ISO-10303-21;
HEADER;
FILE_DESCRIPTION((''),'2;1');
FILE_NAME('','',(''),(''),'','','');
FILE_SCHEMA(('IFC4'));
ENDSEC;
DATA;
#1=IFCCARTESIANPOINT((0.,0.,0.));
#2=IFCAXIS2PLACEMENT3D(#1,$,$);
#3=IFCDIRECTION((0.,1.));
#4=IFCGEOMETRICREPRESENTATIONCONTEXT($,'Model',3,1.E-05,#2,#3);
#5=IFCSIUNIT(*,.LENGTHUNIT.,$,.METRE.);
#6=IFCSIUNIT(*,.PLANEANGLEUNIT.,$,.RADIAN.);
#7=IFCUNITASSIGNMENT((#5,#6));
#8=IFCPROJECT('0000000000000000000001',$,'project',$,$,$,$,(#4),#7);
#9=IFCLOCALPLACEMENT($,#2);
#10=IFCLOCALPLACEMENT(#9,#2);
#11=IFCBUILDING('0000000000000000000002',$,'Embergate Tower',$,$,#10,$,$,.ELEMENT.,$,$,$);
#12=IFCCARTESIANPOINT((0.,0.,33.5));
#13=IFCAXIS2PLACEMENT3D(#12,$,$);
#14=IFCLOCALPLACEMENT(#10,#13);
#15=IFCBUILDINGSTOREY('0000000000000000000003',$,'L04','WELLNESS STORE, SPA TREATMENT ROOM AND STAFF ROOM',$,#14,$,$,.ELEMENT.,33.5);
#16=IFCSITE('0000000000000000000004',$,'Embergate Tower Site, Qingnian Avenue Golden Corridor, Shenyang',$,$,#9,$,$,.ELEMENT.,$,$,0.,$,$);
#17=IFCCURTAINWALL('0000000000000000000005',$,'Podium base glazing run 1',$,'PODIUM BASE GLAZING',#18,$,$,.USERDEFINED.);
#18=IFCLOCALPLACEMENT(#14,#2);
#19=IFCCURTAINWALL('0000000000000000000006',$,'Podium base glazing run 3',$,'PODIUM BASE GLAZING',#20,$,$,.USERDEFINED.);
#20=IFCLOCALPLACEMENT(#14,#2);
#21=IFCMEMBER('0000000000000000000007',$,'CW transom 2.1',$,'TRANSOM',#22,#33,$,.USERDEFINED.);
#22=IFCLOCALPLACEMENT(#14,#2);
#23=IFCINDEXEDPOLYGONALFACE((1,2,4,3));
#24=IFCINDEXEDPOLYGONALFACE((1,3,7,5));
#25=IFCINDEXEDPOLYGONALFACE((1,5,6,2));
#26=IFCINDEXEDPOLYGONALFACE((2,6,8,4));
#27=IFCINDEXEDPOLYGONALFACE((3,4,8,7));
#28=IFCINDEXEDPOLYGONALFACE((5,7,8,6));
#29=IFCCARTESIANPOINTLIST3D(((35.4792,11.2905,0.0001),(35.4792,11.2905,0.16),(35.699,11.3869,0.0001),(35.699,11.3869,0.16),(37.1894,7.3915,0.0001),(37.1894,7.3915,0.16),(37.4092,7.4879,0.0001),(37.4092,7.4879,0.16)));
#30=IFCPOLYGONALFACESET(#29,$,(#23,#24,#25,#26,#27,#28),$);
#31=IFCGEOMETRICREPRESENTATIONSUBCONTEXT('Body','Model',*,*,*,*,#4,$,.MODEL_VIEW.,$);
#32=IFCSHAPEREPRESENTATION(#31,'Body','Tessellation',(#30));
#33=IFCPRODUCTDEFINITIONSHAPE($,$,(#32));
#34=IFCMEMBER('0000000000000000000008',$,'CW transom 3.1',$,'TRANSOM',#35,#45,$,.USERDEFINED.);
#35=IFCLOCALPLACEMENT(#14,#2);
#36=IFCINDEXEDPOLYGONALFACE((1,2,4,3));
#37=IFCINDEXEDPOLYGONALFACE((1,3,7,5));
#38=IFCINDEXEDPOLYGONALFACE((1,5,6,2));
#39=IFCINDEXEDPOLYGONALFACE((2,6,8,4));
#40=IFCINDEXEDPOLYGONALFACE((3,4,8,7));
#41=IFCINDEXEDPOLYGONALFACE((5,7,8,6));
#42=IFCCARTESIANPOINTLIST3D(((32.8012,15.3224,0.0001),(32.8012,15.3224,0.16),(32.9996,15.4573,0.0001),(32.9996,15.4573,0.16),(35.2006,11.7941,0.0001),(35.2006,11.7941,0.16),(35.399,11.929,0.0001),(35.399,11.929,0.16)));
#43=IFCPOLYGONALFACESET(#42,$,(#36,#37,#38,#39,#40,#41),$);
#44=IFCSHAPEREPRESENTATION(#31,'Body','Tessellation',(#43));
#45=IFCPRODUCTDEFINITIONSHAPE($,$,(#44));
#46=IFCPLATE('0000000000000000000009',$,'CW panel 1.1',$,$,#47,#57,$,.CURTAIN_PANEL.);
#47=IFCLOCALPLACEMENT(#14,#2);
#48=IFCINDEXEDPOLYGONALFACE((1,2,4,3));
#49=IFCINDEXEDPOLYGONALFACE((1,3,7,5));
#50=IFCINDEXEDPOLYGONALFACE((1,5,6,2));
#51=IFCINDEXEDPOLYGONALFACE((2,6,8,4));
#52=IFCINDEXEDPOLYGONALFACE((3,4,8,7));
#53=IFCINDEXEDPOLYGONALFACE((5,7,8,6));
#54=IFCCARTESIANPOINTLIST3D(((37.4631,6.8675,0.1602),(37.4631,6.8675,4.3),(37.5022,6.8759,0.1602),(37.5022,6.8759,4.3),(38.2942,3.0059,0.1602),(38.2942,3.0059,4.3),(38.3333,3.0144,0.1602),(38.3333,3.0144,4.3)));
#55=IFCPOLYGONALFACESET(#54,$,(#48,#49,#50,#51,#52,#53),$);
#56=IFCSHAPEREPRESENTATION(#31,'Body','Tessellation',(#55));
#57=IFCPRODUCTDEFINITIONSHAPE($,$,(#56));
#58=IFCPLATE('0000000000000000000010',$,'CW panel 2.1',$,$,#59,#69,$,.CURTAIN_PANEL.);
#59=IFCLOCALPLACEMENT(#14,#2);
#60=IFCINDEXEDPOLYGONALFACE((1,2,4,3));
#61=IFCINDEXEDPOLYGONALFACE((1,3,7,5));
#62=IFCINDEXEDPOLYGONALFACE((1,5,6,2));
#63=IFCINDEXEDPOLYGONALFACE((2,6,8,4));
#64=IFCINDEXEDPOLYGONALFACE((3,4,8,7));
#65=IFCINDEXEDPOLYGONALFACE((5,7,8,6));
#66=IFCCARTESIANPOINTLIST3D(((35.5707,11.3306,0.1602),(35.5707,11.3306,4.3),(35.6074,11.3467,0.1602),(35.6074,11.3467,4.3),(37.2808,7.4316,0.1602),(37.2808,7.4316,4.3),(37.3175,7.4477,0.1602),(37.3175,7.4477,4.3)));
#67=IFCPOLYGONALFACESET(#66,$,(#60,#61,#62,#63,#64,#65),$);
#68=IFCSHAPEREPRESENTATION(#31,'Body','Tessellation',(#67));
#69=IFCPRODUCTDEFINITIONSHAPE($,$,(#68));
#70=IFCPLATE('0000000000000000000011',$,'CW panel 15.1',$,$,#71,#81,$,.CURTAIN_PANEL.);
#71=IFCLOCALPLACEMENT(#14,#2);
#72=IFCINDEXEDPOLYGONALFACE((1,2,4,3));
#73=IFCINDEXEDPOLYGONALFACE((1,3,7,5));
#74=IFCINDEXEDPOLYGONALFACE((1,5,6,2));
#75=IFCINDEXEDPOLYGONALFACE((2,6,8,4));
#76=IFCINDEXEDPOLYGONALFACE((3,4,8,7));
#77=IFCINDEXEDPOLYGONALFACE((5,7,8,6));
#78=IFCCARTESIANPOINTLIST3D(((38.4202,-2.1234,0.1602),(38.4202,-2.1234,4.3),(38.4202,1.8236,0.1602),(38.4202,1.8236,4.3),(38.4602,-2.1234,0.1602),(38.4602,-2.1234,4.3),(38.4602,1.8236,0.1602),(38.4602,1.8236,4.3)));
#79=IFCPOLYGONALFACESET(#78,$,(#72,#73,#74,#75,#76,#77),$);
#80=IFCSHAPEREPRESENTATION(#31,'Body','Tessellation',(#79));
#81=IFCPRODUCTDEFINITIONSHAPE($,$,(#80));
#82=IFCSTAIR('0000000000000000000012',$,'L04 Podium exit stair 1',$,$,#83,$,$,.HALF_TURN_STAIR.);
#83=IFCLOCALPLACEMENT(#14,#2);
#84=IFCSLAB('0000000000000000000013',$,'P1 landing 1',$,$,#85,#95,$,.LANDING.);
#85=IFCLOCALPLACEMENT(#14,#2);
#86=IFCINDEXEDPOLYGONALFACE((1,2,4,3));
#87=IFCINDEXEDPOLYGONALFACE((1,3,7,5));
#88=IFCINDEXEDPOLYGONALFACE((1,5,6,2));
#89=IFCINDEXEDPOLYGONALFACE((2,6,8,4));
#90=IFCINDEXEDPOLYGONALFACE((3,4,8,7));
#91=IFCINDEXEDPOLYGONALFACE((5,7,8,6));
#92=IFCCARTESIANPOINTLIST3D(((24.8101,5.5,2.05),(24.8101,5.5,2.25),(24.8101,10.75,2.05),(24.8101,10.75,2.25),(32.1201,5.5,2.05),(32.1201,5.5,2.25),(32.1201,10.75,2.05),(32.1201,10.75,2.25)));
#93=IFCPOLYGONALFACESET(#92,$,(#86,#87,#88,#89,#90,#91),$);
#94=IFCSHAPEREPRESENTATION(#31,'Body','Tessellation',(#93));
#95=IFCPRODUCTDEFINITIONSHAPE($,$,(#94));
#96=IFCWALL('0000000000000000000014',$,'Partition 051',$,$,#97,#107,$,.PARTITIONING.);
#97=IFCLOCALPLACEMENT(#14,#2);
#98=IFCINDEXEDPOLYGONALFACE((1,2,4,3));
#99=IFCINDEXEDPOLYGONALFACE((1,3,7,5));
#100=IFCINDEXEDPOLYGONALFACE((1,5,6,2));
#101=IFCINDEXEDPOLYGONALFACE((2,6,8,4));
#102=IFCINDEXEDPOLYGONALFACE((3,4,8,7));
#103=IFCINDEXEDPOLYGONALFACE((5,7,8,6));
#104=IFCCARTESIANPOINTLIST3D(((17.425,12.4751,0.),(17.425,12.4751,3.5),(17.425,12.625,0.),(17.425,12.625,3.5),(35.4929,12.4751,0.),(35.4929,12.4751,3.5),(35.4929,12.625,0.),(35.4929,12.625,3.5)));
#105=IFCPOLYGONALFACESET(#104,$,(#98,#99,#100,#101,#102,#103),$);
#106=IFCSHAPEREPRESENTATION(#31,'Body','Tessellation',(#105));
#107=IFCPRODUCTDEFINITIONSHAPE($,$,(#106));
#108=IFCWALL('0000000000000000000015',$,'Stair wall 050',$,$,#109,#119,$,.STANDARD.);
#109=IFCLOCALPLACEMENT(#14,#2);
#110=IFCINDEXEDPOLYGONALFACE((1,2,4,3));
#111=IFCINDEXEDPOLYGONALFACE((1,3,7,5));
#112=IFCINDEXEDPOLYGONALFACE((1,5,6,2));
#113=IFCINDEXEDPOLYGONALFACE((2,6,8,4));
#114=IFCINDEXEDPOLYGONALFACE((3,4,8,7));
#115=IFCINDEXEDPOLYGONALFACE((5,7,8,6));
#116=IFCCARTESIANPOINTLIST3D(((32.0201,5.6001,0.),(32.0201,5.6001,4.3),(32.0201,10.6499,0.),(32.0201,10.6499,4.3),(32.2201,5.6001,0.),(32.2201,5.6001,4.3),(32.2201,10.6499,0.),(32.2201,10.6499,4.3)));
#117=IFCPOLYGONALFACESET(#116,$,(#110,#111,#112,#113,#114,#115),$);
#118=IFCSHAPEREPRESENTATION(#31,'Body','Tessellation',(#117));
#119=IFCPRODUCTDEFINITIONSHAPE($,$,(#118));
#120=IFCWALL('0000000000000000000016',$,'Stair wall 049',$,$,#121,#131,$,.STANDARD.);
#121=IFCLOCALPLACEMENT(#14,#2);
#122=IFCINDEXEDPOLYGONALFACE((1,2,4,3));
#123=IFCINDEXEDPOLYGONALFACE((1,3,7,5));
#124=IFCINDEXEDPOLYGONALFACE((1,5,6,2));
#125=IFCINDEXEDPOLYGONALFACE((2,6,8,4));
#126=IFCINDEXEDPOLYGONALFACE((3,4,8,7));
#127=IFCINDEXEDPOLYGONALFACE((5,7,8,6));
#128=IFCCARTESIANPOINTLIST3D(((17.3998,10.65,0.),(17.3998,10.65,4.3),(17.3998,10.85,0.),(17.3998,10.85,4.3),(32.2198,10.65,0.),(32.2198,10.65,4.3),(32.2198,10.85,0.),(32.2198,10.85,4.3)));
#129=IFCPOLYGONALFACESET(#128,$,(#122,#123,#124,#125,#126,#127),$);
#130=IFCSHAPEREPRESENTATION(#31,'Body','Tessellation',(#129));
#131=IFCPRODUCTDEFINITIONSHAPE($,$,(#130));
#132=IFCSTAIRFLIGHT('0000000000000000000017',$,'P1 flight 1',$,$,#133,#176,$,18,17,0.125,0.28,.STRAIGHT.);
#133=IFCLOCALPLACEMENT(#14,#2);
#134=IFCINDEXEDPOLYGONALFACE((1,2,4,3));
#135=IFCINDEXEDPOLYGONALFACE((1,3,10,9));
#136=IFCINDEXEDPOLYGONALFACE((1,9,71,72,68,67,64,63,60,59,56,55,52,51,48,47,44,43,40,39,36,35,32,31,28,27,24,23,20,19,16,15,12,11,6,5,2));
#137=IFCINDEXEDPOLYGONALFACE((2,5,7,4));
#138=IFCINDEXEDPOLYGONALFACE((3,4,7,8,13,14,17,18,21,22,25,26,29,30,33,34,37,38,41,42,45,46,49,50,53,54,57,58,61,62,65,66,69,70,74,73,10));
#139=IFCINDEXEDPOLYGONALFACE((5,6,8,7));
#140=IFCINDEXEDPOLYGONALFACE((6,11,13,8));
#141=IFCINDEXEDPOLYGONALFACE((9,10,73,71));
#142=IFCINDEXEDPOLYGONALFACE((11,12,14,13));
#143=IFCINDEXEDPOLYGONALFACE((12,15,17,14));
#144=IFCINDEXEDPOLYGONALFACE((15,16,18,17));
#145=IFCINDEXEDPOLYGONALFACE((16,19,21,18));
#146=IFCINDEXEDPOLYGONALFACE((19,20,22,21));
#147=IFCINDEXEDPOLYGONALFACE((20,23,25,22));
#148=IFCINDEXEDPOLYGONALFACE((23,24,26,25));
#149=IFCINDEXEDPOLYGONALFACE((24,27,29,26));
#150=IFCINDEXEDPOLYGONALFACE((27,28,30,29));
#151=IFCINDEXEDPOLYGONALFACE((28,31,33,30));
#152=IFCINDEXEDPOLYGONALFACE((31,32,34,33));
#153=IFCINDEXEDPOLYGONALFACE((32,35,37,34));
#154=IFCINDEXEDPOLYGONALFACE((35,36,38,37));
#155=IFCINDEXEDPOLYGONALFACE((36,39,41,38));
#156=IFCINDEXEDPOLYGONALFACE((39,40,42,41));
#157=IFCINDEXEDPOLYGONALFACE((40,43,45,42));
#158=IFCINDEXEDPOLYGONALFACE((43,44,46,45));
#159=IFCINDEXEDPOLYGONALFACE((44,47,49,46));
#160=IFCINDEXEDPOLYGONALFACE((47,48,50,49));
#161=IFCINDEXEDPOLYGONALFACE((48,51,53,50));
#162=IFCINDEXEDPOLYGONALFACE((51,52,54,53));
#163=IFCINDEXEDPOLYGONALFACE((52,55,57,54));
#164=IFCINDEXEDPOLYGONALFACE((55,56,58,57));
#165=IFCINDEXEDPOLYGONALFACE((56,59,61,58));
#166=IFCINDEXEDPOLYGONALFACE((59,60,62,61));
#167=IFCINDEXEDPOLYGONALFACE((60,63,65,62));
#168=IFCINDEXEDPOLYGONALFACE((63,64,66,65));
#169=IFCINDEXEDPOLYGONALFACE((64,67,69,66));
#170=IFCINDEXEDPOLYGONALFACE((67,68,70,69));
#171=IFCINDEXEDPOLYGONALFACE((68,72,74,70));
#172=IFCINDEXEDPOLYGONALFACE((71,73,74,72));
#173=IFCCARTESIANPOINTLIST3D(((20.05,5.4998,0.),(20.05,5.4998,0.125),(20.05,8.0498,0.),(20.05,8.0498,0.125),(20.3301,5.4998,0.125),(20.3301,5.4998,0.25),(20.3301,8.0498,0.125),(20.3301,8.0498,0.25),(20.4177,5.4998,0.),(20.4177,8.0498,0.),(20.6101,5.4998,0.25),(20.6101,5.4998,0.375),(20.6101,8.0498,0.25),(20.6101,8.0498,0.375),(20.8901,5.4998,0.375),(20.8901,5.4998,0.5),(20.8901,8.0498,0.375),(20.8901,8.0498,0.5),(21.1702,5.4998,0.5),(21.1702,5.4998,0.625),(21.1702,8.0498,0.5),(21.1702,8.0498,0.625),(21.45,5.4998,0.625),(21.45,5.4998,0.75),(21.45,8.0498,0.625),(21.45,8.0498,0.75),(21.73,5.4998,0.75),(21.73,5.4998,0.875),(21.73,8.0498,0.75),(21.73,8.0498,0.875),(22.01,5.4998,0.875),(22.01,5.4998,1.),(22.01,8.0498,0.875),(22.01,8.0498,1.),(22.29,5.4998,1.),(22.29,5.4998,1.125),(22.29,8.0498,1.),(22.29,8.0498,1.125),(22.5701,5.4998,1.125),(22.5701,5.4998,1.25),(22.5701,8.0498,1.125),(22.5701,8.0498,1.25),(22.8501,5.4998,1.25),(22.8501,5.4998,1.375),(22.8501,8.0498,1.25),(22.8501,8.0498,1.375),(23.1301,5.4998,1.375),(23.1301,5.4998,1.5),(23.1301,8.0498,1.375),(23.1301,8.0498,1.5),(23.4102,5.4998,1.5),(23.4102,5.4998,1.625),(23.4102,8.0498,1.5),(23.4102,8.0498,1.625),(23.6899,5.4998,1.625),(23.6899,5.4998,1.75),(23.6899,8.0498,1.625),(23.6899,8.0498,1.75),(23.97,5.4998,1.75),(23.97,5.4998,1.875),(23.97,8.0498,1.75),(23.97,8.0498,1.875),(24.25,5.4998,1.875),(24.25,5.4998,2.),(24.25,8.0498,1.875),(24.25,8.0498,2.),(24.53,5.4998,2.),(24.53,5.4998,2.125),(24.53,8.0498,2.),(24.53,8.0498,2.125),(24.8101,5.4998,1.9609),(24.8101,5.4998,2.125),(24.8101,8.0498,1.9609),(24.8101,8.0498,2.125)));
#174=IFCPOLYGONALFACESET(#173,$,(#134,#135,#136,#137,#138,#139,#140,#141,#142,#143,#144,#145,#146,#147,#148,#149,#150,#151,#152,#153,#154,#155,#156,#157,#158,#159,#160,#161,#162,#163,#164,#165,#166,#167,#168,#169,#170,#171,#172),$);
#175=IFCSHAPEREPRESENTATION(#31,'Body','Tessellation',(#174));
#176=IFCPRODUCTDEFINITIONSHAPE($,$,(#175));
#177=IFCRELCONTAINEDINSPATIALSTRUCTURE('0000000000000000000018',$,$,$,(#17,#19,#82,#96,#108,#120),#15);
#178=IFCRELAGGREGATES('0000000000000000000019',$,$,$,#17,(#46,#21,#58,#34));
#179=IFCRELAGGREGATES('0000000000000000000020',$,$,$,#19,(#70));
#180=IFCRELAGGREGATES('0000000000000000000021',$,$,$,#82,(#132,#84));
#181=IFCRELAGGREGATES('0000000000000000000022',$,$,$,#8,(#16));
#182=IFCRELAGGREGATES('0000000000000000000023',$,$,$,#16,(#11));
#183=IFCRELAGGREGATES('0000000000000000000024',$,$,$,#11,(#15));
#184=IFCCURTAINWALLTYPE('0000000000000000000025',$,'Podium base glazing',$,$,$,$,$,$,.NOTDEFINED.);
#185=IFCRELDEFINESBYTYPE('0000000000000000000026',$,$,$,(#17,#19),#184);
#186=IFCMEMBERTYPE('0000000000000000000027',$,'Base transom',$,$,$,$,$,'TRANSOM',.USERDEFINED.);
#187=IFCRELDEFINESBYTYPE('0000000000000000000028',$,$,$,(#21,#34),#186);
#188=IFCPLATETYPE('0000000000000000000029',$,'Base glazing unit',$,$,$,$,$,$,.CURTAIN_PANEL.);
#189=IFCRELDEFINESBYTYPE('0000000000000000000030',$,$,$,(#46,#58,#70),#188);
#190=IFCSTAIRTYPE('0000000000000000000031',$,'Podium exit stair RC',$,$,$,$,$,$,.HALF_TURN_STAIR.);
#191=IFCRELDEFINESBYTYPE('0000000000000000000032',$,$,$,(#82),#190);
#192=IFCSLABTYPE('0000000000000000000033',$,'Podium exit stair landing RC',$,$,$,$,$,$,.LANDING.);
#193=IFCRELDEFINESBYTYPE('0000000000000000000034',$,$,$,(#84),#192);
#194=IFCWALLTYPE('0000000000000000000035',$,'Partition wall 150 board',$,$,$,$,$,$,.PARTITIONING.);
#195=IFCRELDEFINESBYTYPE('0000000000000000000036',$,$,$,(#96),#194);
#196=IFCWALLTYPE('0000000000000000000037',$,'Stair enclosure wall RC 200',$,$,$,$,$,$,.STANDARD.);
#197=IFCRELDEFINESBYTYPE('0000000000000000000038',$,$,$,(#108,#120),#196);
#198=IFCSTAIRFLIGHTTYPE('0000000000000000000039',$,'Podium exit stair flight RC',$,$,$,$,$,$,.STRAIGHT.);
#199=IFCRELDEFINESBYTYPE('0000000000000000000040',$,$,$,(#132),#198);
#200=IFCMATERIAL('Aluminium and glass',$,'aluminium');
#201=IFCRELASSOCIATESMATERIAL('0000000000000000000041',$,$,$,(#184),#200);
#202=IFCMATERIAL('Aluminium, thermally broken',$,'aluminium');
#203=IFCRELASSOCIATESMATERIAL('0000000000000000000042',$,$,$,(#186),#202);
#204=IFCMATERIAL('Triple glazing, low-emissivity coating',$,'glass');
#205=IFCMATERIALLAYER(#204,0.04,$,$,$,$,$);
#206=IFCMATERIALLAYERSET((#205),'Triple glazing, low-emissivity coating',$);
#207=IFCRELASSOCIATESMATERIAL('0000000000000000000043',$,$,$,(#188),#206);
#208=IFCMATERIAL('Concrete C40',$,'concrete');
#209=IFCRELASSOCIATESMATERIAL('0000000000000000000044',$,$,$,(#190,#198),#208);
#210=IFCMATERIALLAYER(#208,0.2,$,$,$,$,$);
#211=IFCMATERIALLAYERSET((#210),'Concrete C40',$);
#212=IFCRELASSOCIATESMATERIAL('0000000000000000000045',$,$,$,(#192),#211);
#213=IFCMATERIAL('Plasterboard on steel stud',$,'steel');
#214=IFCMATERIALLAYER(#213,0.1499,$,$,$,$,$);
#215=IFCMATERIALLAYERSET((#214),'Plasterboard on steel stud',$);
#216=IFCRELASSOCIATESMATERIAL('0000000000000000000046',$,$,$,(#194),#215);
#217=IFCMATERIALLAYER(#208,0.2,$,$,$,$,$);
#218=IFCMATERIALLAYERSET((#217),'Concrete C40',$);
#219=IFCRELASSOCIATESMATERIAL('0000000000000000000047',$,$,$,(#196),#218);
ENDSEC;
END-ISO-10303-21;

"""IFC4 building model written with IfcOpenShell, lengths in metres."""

from ifc_helpers import new_model, si_unit, direction, frame, frame_2d, origin, origin_2d, place, context, subcontext, project, spatial, polyline, rectangle, outline, extrude, source, transform, mapped, material, layer, layer_set, material_profile, profile_set, type_object, element, aggregate, save


model = new_model("IFC4")

# Units and contexts
model_context = context("Model", 3, precision=1e-05, world=origin(), true_north=direction((0.0, 1.0)))
body_context = subcontext(model_context, "Body", "Model", "MODEL_VIEW")
ifc_project = project(units=[si_unit("LENGTHUNIT", "METRE"), si_unit("PLANEANGLEUNIT", "RADIAN")], contexts=[model_context])

# Site, building, storey
site_placement = place(None, origin())
site = spatial("IfcSite", under=ifc_project, at=site_placement, Name="Embergate Tower Site, Qingnian Avenue Golden Corridor, Shenyang", CompositionType="ELEMENT", RefElevation=0.0)
building_placement = place(site_placement, origin())
building = spatial("IfcBuilding", under=site, at=building_placement, Name="Embergate Tower", CompositionType="ELEMENT")
storey_placement = place(building_placement, frame((0.0, 0.0, 33.5)))
storey = spatial("IfcBuildingStorey", under=building, at=storey_placement, Name="L04", Description="WELLNESS STORE, SPA TREATMENT ROOM AND STAFF ROOM", CompositionType="ELEMENT", Elevation=33.5)

# Curtain wall
ifc_material_1 = material(Name="Aluminium and glass", Category="aluminium")
curtain_wall_type = type_object("IfcCurtainWallType", Name="Podium base glazing", PredefinedType="NOTDEFINED", material=ifc_material_1)
curtain_wall_1_placement = place(storey_placement, origin())
curtain_wall_1 = element("IfcCurtainWall", 1, at=curtain_wall_1_placement, inside=storey, type_object=curtain_wall_type, Name="Podium base glazing run 1", ObjectType="PODIUM BASE GLAZING", PredefinedType="USERDEFINED")
ifc_material_2 = material(Name="Aluminium, thermally broken", Category="aluminium")

# Curtain wall
curtain_wall_2_placement = place(storey_placement, origin())
curtain_wall_2 = element("IfcCurtainWall", 2, at=curtain_wall_2_placement, inside=storey, type_object=curtain_wall_type, Name="Podium base glazing run 3", ObjectType="PODIUM BASE GLAZING", PredefinedType="USERDEFINED")

# Members
ifc_material_profile_1 = material_profile(ifc_material_2, rectangle(XDim=0.24, YDim=0.1599, at=origin_2d()), Name="AL 160x240")
ifc_profile_set_1 = profile_set([ifc_material_profile_1], Name="Aluminium, thermally broken")
member_type_1 = type_object("IfcMemberType", Name="Base transom", ElementType="TRANSOM", PredefinedType="USERDEFINED", material=ifc_profile_set_1)
shared_shape_1 = source(origin(), body_context, "Body", "SweptSolid", [
    extrude(rectangle(XDim=0.24, YDim=0.1599, at=origin_2d()), origin(), (0.0, 0.0, 1.0), 4.2576),
])
member_1_placement = place(storey_placement, frame((37.2993, 7.4397, 0.0801), z_axis=(-0.401691, 0.915775, 0.0), x_axis=(-0.915775, -0.401691, 0.0)))
member_1 = element("IfcMember", 3, at=member_1_placement, type_object=member_type_1, Name="CW transom 2.1", ObjectType="TRANSOM", PredefinedType="USERDEFINED", context=body_context, shape_type="MappedRepresentation", body=[
    mapped(shared_shape_1, transform((0.0, 0.0, 0.0))),
])
shared_shape_2 = source(origin(), body_context, "Body", "SweptSolid", [
    extrude(rectangle(XDim=0.24, YDim=0.1599, at=origin_2d()), origin(), (0.0, 0.0, 1.0), 4.2668),
])
member_2_placement = place(storey_placement, frame((35.2998, 11.8616, 0.0801), z_axis=(-0.562335, 0.826909, 0.0), x_axis=(-0.826909, -0.562335, 0.0)))
member_2 = element("IfcMember", 4, at=member_2_placement, type_object=member_type_1, Name="CW transom 3.1", ObjectType="TRANSOM", PredefinedType="USERDEFINED", context=body_context, shape_type="MappedRepresentation", body=[
    mapped(shared_shape_2, transform((0.0, 0.0, 0.0))),
])

# Plates
ifc_material_3 = material(Name="Triple glazing, low-emissivity coating", Category="glass")
ifc_layer_1 = layer(ifc_material_3, 0.04)
ifc_layer_set_1 = layer_set([ifc_layer_1], Name="Triple glazing, low-emissivity coating")
plate_type = type_object("IfcPlateType", Name="Base glazing unit", PredefinedType="CURTAIN_PANEL", material=ifc_layer_set_1)
shared_shape_3 = source(origin(), body_context, "Body", "SweptSolid", [
    extrude(rectangle(XDim=3.95, YDim=0.04, at=origin_2d()), origin(), (0.0, 0.0, 1.0), 4.1399),
])
plate_1_placement = place(storey_placement, frame((37.8982, 4.9409, 0.1602), z_axis=(0.0, 0.0, 1.0), x_axis=(-0.2104, 0.977615, 0.0)))
plate_1 = element("IfcPlate", 5, at=plate_1_placement, type_object=plate_type, Name="CW panel 1.1", PredefinedType="CURTAIN_PANEL", context=body_context, shape_type="MappedRepresentation", body=[
    mapped(shared_shape_3, transform((0.0, 0.0, 0.0))),
])
shared_shape_4 = source(origin(), body_context, "Body", "SweptSolid", [
    extrude(rectangle(XDim=4.2576, YDim=0.04, at=origin_2d()), origin(), (0.0, 0.0, 1.0), 4.1399),
])
plate_2_placement = place(storey_placement, frame((36.4441, 9.3892, 0.1602), z_axis=(0.0, 0.0, 1.0), x_axis=(-0.401655, 0.915791, 0.0)))
plate_2 = element("IfcPlate", 6, at=plate_2_placement, type_object=plate_type, Name="CW panel 2.1", PredefinedType="CURTAIN_PANEL", context=body_context, shape_type="MappedRepresentation", body=[
    mapped(shared_shape_4, transform((0.0, 0.0, 0.0))),
])
aggregate(curtain_wall_1, [plate_1, member_1, plate_2, member_2])
shared_shape_5 = source(origin(), body_context, "Body", "SweptSolid", [
    extrude(rectangle(XDim=3.947, YDim=0.04, at=origin_2d()), origin(), (0.0, 0.0, 1.0), 4.1399),
])
plate_3_placement = place(storey_placement, frame((38.4402, -0.1499, 0.1602), z_axis=(0.0, 0.0, 1.0), x_axis=(0.0, 1.0, 0.0)))
plate_3 = element("IfcPlate", 7, at=plate_3_placement, type_object=plate_type, Name="CW panel 15.1", PredefinedType="CURTAIN_PANEL", context=body_context, shape_type="MappedRepresentation", body=[
    mapped(shared_shape_5, transform((0.0, 0.0, 0.0))),
])
aggregate(curtain_wall_2, [plate_3])

# Stair, slab
ifc_material_4 = material(Name="Concrete C40", Category="concrete")
stair_type = type_object("IfcStairType", Name="Podium exit stair RC", PredefinedType="HALF_TURN_STAIR", material=ifc_material_4)
stair_placement = place(storey_placement, origin())
stair = element("IfcStair", 8, at=stair_placement, inside=storey, type_object=stair_type, Name="L04 Podium exit stair 1", PredefinedType="HALF_TURN_STAIR")
ifc_layer_2 = layer(ifc_material_4, 0.2)
ifc_layer_set_2 = layer_set([ifc_layer_2], Name="Concrete C40")
slab_type = type_object("IfcSlabType", Name="Podium exit stair landing RC", PredefinedType="LANDING", material=ifc_layer_set_2)
shared_shape_6 = source(origin(), body_context, "Body", "SweptSolid", [
    extrude(outline(polyline([(0.0, 0.0), (7.3101, 0.0), (7.3101, 5.25), (0.0, 5.25), (0.0, 0.0)])), origin(), (0.0, 0.0, 1.0), 0.2),
])
slab_placement = place(storey_placement, frame((24.8101, 5.5, 2.05)))
slab = element("IfcSlab", 9, at=slab_placement, type_object=slab_type, Name="P1 landing 1", PredefinedType="LANDING", context=body_context, shape_type="MappedRepresentation", body=[
    mapped(shared_shape_6, transform((0.0, 0.0, 0.0))),
])

# Walls
ifc_material_5 = material(Name="Plasterboard on steel stud", Category="steel")
ifc_layer_3 = layer(ifc_material_5, 0.1499)
ifc_layer_set_3 = layer_set([ifc_layer_3], Name="Plasterboard on steel stud")
wall_type_1 = type_object("IfcWallType", Name="Partition wall 150 board", PredefinedType="PARTITIONING", material=ifc_layer_set_3)
shared_shape_7 = source(origin(), body_context, "Body", "SweptSolid", [
    extrude(rectangle(XDim=18.0679, YDim=0.1499, at=frame_2d((9.0339, 0.0))), origin(), (0.0, 0.0, 1.0), 3.5),
])
wall_1_placement = place(storey_placement, frame((35.4929, 12.55, 0.0), z_axis=(0.0, 0.0, 1.0), x_axis=(-1.0, 0.0, 0.0)))
element("IfcWall", 10, at=wall_1_placement, inside=storey, type_object=wall_type_1, Name="Partition 051", PredefinedType="PARTITIONING", context=body_context, shape_type="MappedRepresentation", body=[
    mapped(shared_shape_7, transform((0.0, 0.0, 0.0))),
])
ifc_layer_4 = layer(ifc_material_4, 0.2)
ifc_layer_set_4 = layer_set([ifc_layer_4], Name="Concrete C40")
wall_type_2 = type_object("IfcWallType", Name="Stair enclosure wall RC 200", PredefinedType="STANDARD", material=ifc_layer_set_4)
shared_shape_8 = source(origin(), body_context, "Body", "SweptSolid", [
    extrude(rectangle(XDim=5.0498, YDim=0.2, at=frame_2d((2.5249, 0.0))), origin(), (0.0, 0.0, 1.0), 4.3),
])
wall_2_placement = place(storey_placement, frame((32.1201, 10.6499, 0.0), z_axis=(0.0, 0.0, 1.0), x_axis=(0.0, -1.0, 0.0)))
element("IfcWall", 11, at=wall_2_placement, inside=storey, type_object=wall_type_2, Name="Stair wall 050", PredefinedType="STANDARD", context=body_context, shape_type="MappedRepresentation", body=[
    mapped(shared_shape_8, transform((0.0, 0.0, 0.0))),
])
shared_shape_9 = source(origin(), body_context, "Body", "SweptSolid", [
    extrude(rectangle(XDim=14.8201, YDim=0.2, at=frame_2d((7.4102, 0.0))), origin(), (0.0, 0.0, 1.0), 4.3),
])
wall_3_placement = place(storey_placement, frame((32.22, 10.75, 0.0), z_axis=(0.0, 0.0, 1.0), x_axis=(-1.0, 0.0, 0.0)))
element("IfcWall", 12, at=wall_3_placement, inside=storey, type_object=wall_type_2, Name="Stair wall 049", PredefinedType="STANDARD", context=body_context, shape_type="MappedRepresentation", body=[
    mapped(shared_shape_9, transform((0.0, 0.0, 0.0))),
])

# Stair flight
stair_flight_type = type_object("IfcStairFlightType", Name="Podium exit stair flight RC", PredefinedType="STRAIGHT", material=ifc_material_4)
shared_shape_10 = source(origin(), body_context, "Body", "SweptSolid", [
    extrude(outline(polyline([(0.0, 0.0), (0.0, 0.125), (0.28, 0.125), (0.28, 0.25), (0.5601, 0.25), (0.5601, 0.375), (0.8401, 0.375), (0.8401, 0.5), (1.1201, 0.5), (1.1201, 0.625), (1.3999, 0.625), (1.3999, 0.75), (1.6799, 0.75), (1.6799, 0.875), (1.96, 0.875), (1.96, 1.0), (2.24, 1.0), (2.24, 1.125), (2.52, 1.125), (2.52, 1.25), (2.8, 1.25), (2.8, 1.375), (3.0801, 1.375), (3.0801, 1.5), (3.3601, 1.5), (3.3601, 1.625), (3.6399, 1.625), (3.6399, 1.75), (3.9199, 1.75), (3.9199, 1.875), (4.2, 1.875), (4.2, 2.0), (4.48, 2.0), (4.48, 2.125), (4.76, 2.125), (4.76, 2.25), (4.76, 1.9609), (0.3677, 0.0), (0.0, 0.0)])), frame((0.0, 1.2749, 0.0), z_axis=(0.0, -1.0, 0.0), x_axis=(1.0, 0.0, 0.0)), (0.0, 0.0, 1.0), 2.55),
])
stair_flight_1_placement = place(storey_placement, frame((20.05, 6.7749, 0.0), z_axis=(0.0, 0.0, 1.0), x_axis=(1.0, 0.0, 0.0)))
stair_flight_1 = element("IfcStairFlight", 13, at=stair_flight_1_placement, type_object=stair_flight_type, Name="P1 flight 1", NumberOfRisers=18, NumberOfTreads=17, PredefinedType="STRAIGHT", RiserHeight=0.125, TreadLength=0.28, context=body_context, shape_type="MappedRepresentation", body=[
    mapped(shared_shape_10, transform((0.0, 0.0, 0.0))),
])
aggregate(stair, [stair_flight_1, slab])

save(model, "model.ifc")
